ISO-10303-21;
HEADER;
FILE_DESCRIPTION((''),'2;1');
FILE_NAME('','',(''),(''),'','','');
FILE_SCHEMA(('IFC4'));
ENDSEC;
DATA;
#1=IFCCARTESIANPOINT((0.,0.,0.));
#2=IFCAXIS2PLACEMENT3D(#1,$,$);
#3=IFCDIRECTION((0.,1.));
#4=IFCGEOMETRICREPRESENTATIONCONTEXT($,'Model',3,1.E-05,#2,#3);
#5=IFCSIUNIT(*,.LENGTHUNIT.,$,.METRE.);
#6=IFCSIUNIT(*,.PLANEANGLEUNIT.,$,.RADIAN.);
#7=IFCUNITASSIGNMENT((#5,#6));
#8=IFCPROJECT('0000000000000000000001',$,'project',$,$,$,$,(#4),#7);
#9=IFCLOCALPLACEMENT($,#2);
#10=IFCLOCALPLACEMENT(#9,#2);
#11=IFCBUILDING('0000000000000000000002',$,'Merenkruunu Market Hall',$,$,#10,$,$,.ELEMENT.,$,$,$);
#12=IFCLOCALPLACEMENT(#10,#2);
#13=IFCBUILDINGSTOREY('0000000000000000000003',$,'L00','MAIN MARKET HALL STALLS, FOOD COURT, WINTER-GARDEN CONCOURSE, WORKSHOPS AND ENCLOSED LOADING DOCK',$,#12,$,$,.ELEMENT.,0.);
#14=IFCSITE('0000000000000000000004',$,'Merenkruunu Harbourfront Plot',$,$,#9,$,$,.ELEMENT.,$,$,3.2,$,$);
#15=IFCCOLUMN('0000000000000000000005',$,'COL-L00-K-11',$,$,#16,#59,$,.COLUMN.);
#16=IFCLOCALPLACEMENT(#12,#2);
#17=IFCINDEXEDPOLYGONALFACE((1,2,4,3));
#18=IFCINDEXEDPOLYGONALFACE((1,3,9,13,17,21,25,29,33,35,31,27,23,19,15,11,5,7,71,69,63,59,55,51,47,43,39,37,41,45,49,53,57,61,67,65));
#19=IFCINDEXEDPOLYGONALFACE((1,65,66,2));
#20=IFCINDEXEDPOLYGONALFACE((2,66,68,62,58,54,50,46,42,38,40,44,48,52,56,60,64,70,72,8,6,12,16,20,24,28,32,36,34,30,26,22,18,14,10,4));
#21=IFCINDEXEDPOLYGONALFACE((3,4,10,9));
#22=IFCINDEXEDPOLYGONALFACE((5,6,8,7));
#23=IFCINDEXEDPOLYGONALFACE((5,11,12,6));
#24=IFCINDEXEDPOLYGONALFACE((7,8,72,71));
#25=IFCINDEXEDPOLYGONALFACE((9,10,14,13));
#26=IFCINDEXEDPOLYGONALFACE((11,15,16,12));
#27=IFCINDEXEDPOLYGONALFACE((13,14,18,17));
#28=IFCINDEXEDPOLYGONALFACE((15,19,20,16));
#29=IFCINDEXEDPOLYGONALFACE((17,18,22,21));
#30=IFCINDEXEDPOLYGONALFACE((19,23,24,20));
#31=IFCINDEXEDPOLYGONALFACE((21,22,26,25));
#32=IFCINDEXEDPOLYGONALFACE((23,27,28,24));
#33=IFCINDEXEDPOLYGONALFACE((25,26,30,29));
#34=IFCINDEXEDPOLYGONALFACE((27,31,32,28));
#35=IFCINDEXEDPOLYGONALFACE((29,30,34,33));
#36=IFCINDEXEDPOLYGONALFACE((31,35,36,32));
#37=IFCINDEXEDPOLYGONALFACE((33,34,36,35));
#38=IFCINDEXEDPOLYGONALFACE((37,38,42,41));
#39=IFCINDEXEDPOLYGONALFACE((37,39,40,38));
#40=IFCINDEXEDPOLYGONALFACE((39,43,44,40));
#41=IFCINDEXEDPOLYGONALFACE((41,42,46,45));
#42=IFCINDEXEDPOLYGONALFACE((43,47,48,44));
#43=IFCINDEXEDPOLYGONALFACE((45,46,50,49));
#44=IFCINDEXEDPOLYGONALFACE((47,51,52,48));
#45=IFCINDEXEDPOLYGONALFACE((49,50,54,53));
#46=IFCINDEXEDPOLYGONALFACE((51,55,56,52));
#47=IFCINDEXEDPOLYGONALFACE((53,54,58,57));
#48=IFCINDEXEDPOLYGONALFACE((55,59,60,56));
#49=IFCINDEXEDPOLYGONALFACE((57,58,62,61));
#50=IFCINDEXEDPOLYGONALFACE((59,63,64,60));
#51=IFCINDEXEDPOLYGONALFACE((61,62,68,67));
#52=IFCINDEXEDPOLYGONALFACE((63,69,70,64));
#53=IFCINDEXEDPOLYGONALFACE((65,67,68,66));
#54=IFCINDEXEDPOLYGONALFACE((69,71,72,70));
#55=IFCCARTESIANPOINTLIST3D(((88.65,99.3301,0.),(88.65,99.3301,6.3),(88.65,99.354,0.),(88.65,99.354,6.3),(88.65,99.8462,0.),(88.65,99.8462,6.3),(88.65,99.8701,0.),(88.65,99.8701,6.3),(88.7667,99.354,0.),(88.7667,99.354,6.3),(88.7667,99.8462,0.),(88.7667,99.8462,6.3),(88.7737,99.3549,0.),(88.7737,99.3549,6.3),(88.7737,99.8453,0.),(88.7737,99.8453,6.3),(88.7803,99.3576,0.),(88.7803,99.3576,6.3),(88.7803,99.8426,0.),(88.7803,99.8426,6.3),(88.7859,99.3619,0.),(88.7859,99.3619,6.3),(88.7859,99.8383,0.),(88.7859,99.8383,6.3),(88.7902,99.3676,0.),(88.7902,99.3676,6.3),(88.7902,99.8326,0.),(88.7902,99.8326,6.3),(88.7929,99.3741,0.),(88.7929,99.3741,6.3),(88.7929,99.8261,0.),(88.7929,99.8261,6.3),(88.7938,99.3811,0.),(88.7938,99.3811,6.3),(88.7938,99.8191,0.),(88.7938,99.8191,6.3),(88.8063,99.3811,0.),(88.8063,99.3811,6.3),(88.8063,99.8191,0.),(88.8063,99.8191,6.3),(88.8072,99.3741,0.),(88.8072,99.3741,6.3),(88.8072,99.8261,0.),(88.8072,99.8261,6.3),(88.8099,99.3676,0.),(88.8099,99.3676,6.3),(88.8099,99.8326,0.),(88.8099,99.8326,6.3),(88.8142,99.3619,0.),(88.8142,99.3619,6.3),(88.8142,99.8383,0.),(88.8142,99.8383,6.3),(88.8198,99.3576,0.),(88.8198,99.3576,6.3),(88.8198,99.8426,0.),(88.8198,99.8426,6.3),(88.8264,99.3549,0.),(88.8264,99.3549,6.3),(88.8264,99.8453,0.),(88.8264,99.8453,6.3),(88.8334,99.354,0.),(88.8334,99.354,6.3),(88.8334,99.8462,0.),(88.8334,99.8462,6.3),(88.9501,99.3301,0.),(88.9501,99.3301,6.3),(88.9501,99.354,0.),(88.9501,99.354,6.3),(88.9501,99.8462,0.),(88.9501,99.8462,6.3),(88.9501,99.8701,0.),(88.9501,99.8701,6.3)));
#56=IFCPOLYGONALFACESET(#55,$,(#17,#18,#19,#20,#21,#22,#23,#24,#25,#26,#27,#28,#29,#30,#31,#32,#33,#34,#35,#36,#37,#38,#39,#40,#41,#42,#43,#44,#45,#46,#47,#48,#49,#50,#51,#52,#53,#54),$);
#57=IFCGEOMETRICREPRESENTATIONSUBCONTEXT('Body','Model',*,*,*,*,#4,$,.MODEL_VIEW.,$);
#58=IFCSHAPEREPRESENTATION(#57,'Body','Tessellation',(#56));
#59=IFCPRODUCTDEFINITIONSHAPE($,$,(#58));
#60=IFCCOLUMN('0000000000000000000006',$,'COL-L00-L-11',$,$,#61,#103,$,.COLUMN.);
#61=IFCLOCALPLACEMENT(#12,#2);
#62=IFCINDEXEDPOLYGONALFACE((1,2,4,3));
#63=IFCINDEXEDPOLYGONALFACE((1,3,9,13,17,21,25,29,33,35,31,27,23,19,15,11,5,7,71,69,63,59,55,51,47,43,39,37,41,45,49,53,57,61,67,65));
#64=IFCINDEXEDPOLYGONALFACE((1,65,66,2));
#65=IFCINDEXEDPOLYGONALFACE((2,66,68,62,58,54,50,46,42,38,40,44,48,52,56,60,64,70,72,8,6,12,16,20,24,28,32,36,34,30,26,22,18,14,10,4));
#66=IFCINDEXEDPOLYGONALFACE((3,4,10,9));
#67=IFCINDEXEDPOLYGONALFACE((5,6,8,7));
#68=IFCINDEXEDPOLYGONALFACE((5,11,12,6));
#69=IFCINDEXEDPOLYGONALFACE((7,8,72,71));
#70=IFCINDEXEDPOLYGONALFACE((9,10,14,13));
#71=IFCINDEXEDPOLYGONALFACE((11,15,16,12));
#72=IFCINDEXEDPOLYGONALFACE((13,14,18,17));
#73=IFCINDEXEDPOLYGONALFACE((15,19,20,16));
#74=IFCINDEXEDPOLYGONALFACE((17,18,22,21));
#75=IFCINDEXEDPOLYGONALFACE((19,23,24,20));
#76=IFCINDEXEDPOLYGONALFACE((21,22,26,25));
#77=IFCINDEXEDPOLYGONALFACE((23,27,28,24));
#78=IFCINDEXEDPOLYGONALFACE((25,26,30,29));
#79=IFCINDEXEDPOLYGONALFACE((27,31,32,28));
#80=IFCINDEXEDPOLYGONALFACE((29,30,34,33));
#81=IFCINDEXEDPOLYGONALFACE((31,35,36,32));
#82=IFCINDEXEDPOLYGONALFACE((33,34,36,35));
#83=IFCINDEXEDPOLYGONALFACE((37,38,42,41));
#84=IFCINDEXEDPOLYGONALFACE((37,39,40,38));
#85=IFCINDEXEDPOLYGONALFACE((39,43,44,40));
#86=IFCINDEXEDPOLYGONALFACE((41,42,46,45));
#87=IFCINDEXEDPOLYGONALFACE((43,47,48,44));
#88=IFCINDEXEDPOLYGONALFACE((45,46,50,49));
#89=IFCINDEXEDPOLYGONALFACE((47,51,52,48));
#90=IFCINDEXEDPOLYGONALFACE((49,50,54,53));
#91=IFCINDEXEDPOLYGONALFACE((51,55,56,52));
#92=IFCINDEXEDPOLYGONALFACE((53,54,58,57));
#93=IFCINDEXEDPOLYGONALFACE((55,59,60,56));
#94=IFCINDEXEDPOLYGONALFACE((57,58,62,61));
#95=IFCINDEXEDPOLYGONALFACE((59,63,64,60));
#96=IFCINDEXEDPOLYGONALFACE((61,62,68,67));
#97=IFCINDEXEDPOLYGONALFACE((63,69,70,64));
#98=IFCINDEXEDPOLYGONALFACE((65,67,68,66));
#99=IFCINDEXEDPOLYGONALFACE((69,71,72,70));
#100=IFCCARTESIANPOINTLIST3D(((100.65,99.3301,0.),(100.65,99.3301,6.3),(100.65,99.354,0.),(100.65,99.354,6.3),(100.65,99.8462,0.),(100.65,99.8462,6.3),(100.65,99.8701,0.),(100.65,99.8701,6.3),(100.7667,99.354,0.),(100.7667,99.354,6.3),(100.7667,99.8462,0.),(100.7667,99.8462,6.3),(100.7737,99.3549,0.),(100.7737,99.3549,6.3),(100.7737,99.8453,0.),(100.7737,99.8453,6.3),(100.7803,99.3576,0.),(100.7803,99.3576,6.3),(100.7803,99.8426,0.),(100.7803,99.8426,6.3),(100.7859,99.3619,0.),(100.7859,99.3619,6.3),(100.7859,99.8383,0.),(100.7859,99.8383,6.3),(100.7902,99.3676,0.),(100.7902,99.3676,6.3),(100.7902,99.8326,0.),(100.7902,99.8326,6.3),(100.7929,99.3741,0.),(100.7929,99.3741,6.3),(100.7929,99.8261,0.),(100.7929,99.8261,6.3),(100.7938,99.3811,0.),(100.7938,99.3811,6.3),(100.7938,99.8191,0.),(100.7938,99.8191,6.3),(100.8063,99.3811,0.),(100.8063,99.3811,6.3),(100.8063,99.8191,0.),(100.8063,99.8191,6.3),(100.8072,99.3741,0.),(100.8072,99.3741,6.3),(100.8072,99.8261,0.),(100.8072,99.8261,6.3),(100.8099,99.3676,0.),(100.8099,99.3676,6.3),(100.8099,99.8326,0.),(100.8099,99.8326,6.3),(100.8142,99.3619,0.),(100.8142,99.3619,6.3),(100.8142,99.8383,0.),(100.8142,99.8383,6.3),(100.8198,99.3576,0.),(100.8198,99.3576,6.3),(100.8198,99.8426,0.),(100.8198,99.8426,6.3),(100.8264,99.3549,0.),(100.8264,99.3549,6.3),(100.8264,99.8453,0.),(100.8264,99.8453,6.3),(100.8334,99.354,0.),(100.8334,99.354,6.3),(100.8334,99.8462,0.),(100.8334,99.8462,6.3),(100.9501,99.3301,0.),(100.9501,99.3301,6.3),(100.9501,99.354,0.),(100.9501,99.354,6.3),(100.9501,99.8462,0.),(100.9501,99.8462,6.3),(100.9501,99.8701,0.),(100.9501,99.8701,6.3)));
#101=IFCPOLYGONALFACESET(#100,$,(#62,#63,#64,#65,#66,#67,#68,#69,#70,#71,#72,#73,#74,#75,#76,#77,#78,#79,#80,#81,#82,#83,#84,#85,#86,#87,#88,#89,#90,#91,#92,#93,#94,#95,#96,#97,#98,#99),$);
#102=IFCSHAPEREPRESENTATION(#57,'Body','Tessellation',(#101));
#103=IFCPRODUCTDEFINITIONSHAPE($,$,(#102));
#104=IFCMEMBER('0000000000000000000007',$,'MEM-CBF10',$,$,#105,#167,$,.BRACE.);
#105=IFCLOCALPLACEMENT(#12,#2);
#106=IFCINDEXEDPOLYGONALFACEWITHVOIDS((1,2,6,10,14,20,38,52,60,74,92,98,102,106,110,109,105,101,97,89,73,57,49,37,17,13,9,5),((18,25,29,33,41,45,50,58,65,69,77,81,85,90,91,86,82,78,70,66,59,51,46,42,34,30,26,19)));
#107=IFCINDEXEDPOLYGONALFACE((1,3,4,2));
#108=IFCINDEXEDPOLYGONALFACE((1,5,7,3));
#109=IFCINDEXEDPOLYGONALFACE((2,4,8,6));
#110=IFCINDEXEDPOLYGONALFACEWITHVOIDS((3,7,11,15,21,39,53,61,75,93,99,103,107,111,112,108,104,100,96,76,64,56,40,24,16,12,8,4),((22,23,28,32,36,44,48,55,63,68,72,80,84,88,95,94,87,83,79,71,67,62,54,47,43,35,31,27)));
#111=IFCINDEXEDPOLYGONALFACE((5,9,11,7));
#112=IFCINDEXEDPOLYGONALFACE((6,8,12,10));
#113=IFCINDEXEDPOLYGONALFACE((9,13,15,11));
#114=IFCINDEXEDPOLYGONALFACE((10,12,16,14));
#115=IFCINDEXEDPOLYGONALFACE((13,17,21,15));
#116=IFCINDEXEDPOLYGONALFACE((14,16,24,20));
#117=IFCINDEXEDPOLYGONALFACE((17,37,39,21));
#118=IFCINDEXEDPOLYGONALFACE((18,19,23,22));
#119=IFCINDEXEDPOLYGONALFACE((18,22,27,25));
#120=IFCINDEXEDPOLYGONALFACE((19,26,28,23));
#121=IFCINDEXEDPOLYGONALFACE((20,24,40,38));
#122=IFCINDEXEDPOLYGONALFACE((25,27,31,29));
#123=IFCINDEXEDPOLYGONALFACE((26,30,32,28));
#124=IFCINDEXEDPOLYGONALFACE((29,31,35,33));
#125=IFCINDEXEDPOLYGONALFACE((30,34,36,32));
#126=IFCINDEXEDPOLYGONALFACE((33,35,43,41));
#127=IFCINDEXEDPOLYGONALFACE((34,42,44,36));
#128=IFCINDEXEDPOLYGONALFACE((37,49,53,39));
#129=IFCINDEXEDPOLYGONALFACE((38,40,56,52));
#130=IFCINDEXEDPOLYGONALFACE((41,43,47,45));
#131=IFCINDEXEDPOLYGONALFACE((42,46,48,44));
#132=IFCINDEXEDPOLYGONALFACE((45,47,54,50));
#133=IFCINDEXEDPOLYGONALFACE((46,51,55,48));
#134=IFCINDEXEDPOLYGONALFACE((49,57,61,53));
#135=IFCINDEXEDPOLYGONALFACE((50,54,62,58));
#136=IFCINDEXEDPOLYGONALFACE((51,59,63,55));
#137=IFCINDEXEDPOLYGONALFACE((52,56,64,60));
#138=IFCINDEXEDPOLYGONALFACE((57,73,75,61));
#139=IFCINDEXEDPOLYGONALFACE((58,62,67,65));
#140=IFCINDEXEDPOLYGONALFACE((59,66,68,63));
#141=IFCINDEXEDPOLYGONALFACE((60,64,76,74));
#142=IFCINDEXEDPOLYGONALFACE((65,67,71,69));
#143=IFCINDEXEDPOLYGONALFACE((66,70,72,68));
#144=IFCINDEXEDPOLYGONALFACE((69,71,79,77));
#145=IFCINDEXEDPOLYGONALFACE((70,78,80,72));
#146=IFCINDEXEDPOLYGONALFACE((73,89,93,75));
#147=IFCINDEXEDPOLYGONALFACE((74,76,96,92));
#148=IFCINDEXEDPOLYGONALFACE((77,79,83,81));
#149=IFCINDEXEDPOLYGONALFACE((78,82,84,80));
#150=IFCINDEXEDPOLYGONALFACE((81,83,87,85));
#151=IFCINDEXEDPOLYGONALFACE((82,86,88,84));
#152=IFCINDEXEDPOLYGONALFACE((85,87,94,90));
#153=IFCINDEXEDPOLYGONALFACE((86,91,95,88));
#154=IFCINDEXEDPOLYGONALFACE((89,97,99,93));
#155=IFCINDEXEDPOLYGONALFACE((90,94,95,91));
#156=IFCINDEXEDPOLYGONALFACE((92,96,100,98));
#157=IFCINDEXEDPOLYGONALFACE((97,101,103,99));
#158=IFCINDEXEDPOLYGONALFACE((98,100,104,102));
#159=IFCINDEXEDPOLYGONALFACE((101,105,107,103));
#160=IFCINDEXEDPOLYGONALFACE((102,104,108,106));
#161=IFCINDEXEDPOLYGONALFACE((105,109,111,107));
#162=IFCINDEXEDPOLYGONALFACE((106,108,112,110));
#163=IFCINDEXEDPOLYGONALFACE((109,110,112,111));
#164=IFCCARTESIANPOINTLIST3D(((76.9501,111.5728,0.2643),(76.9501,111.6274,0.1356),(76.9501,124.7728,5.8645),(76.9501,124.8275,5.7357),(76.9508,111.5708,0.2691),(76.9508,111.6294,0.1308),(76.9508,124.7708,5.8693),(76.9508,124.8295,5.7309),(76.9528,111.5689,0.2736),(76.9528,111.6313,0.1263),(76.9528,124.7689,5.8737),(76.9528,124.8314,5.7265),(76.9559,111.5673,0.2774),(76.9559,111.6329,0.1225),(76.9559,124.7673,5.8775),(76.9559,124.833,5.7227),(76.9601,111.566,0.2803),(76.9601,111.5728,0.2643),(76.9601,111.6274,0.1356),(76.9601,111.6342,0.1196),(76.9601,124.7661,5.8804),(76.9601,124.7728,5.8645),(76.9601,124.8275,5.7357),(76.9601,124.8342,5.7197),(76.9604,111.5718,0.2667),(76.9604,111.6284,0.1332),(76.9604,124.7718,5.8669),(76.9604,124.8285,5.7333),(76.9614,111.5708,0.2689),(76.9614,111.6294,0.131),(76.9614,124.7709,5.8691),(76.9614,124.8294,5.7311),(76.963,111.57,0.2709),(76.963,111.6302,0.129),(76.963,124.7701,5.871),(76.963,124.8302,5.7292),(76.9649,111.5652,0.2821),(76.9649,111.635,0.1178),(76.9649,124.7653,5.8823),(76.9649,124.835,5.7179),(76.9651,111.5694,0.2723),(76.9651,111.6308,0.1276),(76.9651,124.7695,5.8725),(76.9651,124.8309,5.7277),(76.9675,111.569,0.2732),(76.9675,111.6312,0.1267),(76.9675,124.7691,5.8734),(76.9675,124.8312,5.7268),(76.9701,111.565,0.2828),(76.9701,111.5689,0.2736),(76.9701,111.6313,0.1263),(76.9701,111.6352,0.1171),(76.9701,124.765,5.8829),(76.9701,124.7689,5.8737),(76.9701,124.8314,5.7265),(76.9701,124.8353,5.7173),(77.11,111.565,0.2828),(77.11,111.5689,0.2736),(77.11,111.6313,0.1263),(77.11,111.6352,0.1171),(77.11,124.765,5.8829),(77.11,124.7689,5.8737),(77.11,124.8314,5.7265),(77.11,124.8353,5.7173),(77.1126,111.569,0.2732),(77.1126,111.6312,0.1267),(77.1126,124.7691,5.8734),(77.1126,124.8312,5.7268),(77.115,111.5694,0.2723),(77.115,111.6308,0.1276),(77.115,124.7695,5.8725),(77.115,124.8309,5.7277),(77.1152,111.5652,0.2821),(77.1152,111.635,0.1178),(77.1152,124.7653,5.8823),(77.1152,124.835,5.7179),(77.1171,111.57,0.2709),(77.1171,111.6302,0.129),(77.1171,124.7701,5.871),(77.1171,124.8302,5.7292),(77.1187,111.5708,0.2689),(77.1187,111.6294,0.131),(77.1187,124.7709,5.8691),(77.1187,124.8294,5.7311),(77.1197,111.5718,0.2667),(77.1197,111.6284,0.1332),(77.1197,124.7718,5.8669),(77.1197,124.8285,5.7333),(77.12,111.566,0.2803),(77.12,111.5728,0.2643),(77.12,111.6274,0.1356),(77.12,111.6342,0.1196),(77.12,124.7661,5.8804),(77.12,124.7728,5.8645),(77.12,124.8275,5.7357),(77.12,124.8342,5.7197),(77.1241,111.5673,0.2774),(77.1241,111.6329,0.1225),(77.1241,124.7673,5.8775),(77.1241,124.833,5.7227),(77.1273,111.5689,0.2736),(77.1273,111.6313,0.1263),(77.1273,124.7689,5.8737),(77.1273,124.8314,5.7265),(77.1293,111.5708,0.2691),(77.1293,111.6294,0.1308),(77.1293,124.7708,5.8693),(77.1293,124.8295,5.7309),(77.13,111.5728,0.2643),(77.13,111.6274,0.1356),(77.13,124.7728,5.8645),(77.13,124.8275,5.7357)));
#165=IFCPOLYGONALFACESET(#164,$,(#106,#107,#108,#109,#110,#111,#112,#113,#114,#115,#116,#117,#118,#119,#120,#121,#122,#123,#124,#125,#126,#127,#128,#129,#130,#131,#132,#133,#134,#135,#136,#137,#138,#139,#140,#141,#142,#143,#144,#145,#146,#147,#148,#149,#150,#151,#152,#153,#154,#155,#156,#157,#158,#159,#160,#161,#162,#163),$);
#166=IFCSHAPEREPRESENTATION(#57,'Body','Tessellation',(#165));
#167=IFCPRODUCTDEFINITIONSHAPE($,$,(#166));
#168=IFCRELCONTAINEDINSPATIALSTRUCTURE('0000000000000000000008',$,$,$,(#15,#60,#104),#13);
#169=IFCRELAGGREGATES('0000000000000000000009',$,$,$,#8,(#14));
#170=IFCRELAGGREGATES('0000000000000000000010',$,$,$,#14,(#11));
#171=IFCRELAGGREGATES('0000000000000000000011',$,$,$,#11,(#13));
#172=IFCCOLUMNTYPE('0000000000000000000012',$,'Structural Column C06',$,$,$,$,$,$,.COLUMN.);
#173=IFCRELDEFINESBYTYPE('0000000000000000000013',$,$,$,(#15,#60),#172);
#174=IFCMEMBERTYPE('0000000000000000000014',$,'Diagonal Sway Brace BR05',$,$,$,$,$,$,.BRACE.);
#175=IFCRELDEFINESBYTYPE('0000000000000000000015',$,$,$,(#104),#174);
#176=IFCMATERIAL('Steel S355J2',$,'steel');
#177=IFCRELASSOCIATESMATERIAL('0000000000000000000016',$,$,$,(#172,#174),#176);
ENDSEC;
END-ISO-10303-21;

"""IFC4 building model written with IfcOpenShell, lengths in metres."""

from ifc_helpers import new_model, si_unit, direction, frame, origin, origin_2d, place, context, subcontext, project, spatial, hollow_rectangle, i_section, extrude, material, material_profile, profile_set, type_object, element, save


model = new_model("IFC4")

# Units and contexts
model_context = context("Model", 3, precision=1e-05, world=origin(), true_north=direction((0.0, 1.0)))
body_context = subcontext(model_context, "Body", "Model", "MODEL_VIEW")
ifc_project = project(units=[si_unit("LENGTHUNIT", "METRE"), si_unit("PLANEANGLEUNIT", "RADIAN")], contexts=[model_context])

# Site, building, storey
site_placement = place(None, origin())
site = spatial("IfcSite", under=ifc_project, at=site_placement, Name="Merenkruunu Harbourfront Plot", CompositionType="ELEMENT", RefElevation=3.2)
building_placement = place(site_placement, origin())
building = spatial("IfcBuilding", under=site, at=building_placement, Name="Merenkruunu Market Hall", CompositionType="ELEMENT")
storey_placement = place(building_placement, origin())
storey = spatial("IfcBuildingStorey", under=building, at=storey_placement, Name="L00", Description="MAIN MARKET HALL STALLS, FOOD COURT, WINTER-GARDEN CONCOURSE, WORKSHOPS AND ENCLOSED LOADING DOCK", CompositionType="ELEMENT", Elevation=0.0)

# Columns
ifc_material_1 = material(Name="Steel S355J2", Category="steel")
ifc_material_profile_1 = material_profile(ifc_material_1, i_section(OverallWidth=0.3, OverallDepth=0.54, WebThickness=0.0125, FlangeThickness=0.0239, FilletRadius=0.0271, at=origin_2d()), Name="HEA 550")
ifc_profile_set_1 = profile_set([ifc_material_profile_1], Name="Steel S355J2")
column_type = type_object("IfcColumnType", Name="Structural Column C06", PredefinedType="COLUMN", material=ifc_profile_set_1)
for number, where, z_axis, x_axis, name in (
    (1, (88.8, 99.6001, 0.0), (0.0, 0.0, 1.0), (1.0, 0.0, 0.0), "COL-L00-K-11"),
    (2, (100.8, 99.6001, 0.0), (0.0, 0.0, 1.0), (1.0, 0.0, 0.0), "COL-L00-L-11"),
):
    element("IfcColumn", number, at=place(storey_placement, frame(where, z_axis=z_axis, x_axis=x_axis)), inside=storey, type_object=column_type, Name=name, PredefinedType="COLUMN", context=body_context, shape_type="SweptSolid", body=[
        extrude(i_section(OverallWidth=0.3, OverallDepth=0.54, WebThickness=0.0125, FlangeThickness=0.0239, FilletRadius=0.0271, at=origin_2d()), origin(), (0.0, 0.0, 1.0), 6.3),
    ])

# Member
ifc_material_profile_2 = material_profile(ifc_material_1, hollow_rectangle(XDim=0.1799, YDim=0.1799, WallThickness=0.01, InnerFilletRadius=0.01, OuterFilletRadius=0.02, at=origin_2d()), Name="SHS 180x180x10")
ifc_profile_set_2 = profile_set([ifc_material_profile_2], Name="Steel S355J2")
member_type = type_object("IfcMemberType", Name="Diagonal Sway Brace BR05", PredefinedType="BRACE", material=ifc_profile_set_2)
member_placement = place(storey_placement, frame((77.04, 111.6001, 0.2), z_axis=(0.0, 0.920579, 0.390557), x_axis=(-1.0, 0.0, 0.0)))
element("IfcMember", 3, at=member_placement, inside=storey, type_object=member_type, Name="MEM-CBF10", PredefinedType="BRACE", context=body_context, shape_type="SweptSolid", body=[
    extrude(hollow_rectangle(XDim=0.1799, YDim=0.1799, WallThickness=0.01, InnerFilletRadius=0.01, OuterFilletRadius=0.02, at=origin_2d()), origin(), (0.0, 0.0, 1.0), 14.3389),
])

save(model, "model.ifc")
